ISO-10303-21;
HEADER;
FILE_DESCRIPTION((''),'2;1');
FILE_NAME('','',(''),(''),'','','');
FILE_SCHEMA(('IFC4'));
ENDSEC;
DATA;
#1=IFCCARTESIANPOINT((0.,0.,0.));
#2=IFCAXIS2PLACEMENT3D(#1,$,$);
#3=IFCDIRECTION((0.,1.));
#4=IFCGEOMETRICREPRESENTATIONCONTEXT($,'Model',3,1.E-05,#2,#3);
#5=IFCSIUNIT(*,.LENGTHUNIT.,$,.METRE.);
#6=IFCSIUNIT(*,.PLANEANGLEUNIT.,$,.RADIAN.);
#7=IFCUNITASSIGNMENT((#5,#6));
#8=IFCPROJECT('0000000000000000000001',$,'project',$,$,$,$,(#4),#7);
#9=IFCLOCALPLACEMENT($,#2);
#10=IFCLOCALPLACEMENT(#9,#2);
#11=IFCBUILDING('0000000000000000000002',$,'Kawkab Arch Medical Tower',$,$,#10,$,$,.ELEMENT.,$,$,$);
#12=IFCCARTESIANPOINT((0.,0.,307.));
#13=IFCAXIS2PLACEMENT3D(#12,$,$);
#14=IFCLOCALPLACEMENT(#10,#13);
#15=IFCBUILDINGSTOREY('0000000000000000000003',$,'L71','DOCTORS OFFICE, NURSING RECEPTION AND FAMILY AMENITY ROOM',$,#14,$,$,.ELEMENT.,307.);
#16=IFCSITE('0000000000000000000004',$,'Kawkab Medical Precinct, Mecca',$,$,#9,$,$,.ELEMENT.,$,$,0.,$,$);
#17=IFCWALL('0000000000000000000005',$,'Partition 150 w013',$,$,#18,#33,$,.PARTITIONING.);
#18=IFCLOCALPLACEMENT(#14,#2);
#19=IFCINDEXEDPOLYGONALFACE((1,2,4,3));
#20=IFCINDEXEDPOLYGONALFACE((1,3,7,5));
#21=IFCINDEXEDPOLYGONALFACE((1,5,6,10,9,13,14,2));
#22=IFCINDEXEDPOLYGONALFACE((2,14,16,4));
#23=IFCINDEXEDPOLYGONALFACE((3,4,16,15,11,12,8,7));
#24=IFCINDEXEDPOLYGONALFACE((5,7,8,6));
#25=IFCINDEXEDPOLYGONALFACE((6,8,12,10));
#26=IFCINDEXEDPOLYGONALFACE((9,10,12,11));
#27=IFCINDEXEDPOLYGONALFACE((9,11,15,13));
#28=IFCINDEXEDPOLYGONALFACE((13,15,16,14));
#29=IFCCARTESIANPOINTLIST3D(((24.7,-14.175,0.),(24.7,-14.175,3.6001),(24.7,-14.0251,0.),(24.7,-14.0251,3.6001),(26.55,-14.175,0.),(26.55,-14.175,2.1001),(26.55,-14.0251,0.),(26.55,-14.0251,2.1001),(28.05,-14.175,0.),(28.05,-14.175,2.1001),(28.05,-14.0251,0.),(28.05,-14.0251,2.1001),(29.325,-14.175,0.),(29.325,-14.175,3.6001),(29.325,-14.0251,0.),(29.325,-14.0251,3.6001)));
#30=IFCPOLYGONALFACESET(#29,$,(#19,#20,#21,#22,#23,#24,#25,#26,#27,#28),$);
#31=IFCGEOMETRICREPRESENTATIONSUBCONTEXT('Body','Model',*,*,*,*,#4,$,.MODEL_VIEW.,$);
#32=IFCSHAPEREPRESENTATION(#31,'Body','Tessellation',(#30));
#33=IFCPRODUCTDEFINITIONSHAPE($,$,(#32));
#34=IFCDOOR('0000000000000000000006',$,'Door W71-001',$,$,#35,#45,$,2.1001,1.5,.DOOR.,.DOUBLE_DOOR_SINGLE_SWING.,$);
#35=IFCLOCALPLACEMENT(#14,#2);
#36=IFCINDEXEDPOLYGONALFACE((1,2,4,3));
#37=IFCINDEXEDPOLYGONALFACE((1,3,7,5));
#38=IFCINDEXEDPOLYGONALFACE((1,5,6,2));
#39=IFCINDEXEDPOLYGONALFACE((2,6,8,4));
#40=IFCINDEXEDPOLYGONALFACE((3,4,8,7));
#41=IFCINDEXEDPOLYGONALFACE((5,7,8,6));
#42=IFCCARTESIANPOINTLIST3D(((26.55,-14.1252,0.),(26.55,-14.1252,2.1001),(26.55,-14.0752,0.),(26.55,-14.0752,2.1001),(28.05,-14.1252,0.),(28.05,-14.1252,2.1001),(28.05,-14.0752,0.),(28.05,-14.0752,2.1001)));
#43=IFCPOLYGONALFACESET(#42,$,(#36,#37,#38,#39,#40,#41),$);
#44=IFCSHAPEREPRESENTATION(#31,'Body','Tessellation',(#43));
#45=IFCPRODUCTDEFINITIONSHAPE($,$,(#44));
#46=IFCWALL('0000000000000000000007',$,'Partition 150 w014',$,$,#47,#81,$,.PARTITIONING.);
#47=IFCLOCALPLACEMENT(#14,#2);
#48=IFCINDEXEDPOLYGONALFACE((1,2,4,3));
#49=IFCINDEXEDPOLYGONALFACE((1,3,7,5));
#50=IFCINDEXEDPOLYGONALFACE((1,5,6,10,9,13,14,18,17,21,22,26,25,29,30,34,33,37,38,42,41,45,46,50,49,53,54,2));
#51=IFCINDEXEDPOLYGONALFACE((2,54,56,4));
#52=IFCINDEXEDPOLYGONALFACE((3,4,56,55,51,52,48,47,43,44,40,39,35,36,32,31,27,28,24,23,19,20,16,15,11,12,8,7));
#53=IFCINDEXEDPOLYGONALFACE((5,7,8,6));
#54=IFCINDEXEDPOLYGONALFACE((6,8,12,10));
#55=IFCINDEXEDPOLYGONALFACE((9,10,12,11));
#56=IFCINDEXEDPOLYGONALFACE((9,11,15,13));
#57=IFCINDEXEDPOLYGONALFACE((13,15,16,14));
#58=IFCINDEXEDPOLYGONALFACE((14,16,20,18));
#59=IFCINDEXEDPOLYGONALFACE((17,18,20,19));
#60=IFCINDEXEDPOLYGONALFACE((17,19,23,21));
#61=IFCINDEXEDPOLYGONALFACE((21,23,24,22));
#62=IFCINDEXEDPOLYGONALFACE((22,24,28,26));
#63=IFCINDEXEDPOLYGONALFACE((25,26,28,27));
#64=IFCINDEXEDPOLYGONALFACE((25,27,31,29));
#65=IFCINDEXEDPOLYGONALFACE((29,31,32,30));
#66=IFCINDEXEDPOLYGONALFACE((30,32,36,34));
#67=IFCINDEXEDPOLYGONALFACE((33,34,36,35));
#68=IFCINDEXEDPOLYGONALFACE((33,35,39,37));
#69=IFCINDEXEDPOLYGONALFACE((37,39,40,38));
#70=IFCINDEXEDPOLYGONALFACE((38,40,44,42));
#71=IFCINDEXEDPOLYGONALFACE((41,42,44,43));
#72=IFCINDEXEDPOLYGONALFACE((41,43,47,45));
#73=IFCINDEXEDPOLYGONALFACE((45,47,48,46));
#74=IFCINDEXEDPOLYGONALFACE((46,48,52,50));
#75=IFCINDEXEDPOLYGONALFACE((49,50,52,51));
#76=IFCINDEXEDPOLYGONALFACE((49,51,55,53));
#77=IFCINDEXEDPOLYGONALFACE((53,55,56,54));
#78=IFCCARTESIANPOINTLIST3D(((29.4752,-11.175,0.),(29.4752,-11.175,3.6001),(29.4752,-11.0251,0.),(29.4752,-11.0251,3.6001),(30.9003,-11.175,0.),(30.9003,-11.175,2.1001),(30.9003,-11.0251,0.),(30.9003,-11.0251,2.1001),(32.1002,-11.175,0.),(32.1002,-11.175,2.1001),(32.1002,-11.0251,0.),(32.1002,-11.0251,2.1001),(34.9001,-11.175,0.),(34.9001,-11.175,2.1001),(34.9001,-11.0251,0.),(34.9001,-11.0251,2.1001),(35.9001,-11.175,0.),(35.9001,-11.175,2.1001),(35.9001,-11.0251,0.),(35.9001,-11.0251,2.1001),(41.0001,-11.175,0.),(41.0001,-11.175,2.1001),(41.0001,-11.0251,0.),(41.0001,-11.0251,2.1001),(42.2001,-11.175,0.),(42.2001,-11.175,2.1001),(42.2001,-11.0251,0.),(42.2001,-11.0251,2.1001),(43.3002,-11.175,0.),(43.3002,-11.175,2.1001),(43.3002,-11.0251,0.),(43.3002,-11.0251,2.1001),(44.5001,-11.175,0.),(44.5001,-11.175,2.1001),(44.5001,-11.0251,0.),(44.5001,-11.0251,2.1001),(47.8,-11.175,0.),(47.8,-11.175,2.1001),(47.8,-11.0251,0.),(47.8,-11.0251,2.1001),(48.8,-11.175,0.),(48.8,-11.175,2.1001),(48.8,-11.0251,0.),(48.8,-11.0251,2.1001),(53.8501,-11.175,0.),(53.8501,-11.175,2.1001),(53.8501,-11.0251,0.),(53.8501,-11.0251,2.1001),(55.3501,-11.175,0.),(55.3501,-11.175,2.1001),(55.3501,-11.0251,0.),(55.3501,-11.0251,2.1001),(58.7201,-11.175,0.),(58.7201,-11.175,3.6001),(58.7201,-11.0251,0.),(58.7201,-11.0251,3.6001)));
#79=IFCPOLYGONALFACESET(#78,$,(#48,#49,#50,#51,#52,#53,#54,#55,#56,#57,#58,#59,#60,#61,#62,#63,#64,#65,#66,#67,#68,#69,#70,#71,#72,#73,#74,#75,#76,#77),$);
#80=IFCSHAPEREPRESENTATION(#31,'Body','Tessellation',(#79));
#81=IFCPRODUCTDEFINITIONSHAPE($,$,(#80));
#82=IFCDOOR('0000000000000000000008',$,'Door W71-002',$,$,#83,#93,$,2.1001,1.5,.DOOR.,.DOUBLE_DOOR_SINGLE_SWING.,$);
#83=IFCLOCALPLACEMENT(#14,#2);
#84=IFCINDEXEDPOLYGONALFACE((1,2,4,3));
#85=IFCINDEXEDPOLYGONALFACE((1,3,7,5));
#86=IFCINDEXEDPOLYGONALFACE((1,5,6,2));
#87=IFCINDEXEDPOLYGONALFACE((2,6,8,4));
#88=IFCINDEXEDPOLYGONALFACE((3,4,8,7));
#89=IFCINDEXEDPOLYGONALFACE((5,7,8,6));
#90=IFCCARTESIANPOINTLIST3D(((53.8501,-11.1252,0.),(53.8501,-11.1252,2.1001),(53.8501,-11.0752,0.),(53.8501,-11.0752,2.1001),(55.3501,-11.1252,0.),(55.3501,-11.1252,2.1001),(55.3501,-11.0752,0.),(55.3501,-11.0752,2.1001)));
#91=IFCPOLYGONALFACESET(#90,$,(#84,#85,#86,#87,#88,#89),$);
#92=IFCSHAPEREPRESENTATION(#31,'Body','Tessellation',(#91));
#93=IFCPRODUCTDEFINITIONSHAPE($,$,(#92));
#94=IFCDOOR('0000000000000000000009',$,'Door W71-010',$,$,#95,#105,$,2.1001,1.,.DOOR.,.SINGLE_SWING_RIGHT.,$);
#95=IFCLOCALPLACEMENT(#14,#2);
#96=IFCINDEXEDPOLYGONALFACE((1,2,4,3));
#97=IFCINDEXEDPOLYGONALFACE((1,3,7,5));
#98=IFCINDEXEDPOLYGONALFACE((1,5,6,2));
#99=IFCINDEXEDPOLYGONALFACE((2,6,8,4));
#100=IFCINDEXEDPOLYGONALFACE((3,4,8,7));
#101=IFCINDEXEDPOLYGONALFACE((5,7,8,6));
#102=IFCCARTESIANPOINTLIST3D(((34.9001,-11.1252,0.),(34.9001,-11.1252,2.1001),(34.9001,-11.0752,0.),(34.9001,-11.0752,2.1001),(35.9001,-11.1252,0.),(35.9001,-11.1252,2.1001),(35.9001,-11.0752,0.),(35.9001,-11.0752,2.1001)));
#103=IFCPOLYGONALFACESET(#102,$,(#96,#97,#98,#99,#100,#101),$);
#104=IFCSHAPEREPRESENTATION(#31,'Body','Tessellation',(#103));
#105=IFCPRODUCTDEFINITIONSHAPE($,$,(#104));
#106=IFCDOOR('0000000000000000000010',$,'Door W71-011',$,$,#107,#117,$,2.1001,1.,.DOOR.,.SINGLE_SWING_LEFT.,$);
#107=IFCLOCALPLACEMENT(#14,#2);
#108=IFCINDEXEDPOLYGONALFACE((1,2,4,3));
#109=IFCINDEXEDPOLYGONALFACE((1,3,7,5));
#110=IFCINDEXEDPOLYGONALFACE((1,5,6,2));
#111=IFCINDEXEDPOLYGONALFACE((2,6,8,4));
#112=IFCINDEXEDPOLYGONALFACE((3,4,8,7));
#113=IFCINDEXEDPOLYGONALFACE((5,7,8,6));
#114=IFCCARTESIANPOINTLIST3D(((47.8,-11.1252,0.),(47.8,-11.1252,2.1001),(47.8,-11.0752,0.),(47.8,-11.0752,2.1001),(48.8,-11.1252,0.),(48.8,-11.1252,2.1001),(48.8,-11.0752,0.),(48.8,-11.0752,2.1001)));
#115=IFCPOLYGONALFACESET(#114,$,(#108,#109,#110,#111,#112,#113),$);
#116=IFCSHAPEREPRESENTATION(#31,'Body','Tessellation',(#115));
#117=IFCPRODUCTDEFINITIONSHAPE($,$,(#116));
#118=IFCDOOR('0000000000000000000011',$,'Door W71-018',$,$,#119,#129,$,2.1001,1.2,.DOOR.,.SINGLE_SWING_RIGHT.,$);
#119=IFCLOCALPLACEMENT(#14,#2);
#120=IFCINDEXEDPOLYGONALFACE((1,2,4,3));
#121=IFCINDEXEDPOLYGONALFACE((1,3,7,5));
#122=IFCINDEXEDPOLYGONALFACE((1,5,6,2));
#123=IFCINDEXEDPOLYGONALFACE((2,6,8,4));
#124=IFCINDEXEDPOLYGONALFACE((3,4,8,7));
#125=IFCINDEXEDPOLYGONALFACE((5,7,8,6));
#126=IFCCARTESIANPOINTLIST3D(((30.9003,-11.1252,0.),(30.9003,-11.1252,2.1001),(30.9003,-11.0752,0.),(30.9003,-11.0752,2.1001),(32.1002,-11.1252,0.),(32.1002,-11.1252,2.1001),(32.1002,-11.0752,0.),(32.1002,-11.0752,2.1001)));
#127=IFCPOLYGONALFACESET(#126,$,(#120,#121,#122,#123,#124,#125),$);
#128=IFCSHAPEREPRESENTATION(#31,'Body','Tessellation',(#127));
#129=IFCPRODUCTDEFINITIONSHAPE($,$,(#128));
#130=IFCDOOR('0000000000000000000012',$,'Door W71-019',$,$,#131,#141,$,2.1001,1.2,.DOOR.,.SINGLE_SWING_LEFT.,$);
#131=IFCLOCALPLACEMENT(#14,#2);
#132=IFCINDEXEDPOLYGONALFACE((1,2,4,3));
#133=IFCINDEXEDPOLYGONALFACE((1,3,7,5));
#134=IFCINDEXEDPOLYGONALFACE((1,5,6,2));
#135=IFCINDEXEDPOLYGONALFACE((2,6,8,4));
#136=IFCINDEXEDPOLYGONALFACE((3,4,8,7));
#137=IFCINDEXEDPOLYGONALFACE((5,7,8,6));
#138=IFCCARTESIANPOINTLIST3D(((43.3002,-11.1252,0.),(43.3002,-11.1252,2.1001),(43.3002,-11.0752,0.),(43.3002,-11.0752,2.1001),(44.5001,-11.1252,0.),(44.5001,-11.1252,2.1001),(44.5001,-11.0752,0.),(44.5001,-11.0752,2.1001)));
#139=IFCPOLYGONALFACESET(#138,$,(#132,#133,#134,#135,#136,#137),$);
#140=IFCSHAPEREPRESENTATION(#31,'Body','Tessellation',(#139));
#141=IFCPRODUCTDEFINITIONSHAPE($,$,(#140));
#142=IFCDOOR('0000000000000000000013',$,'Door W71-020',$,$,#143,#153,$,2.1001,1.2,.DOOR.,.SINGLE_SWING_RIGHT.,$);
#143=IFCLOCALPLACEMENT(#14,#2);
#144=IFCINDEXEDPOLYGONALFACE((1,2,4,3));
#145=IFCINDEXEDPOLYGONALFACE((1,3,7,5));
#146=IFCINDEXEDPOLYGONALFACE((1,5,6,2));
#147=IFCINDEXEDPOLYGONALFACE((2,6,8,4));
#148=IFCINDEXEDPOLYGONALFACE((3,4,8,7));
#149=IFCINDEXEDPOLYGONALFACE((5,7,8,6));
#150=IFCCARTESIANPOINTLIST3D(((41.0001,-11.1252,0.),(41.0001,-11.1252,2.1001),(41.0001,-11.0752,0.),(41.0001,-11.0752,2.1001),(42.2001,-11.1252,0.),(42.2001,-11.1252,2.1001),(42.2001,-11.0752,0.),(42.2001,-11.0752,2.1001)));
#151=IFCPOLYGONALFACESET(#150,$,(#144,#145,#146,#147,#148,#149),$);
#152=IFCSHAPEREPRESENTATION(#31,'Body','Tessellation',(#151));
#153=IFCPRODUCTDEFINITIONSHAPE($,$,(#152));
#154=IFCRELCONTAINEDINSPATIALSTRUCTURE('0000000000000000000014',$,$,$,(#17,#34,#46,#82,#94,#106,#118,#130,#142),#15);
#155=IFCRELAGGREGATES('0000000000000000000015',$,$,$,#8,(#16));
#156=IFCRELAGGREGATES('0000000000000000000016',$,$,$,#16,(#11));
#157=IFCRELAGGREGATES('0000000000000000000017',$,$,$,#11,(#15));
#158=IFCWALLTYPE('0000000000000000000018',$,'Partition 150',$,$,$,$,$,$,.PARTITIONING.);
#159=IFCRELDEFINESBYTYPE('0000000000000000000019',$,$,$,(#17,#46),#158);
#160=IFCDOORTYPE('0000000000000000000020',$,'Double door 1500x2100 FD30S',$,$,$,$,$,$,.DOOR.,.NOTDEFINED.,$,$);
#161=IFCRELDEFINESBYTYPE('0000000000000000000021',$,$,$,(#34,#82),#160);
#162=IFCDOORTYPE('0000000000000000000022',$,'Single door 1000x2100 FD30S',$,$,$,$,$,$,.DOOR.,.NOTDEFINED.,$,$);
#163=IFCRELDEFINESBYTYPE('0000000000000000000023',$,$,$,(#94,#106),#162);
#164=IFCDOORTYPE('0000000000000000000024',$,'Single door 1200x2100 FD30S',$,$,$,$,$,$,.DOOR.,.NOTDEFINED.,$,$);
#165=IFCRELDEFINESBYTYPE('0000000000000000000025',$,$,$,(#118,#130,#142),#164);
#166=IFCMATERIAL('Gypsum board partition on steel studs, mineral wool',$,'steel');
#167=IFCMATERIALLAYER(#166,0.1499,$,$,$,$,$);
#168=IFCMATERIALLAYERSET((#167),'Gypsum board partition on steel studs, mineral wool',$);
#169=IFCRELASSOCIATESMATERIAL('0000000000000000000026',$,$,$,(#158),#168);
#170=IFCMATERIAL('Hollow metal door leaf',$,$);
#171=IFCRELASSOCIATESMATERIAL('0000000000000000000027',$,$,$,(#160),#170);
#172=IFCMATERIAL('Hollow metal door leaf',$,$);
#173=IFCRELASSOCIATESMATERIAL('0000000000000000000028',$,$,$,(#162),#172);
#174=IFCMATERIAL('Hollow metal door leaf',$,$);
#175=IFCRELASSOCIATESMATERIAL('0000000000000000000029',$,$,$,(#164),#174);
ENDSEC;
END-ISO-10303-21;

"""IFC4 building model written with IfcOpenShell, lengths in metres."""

from ifc_helpers import new_model, si_unit, direction, frame, frame_2d, origin, place, context, subcontext, project, spatial, rectangle, extrude, material, layer, layer_set, type_object, element, fill, save


model = new_model("IFC4")

# Units and contexts
model_context = context("Model", 3, precision=1e-05, world=origin(), true_north=direction((0.0, 1.0)))
body_context = subcontext(model_context, "Body", "Model", "MODEL_VIEW")
ifc_project = project(units=[si_unit("LENGTHUNIT", "METRE"), si_unit("PLANEANGLEUNIT", "RADIAN")], contexts=[model_context])

# Site, building, storey
site_placement = place(None, origin())
site = spatial("IfcSite", under=ifc_project, at=site_placement, Name="Kawkab Medical Precinct, Mecca", CompositionType="ELEMENT", RefElevation=0.0)
building_placement = place(site_placement, origin())
building = spatial("IfcBuilding", under=site, at=building_placement, Name="Kawkab Arch Medical Tower", CompositionType="ELEMENT")
storey_placement = place(building_placement, frame((0.0, 0.0, 307.0)))
storey = spatial("IfcBuildingStorey", under=building, at=storey_placement, Name="L71", Description="DOCTORS OFFICE, NURSING RECEPTION AND FAMILY AMENITY ROOM", CompositionType="ELEMENT", Elevation=307.0)

# Wall, opening, door
ifc_material_1 = material(Name="Gypsum board partition on steel studs, mineral wool", Category="steel")
ifc_layer_1 = layer(ifc_material_1, 0.1499)
ifc_layer_set_1 = layer_set([ifc_layer_1], Name="Gypsum board partition on steel studs, mineral wool")
wall_type_1 = type_object("IfcWallType", Name="Partition 150", PredefinedType="PARTITIONING", material=ifc_layer_set_1)
wall_1_placement = place(storey_placement, frame((24.7, -14.1001, 0.0), z_axis=(0.0, 0.0, 1.0), x_axis=(1.0, 0.0, 0.0)))
wall_1 = element("IfcWall", 1, at=wall_1_placement, inside=storey, type_object=wall_type_1, Name="Partition 150 w013", PredefinedType="PARTITIONING", context=body_context, shape_type="SweptSolid", body=[
    extrude(rectangle(XDim=4.625, YDim=0.1499, at=frame_2d((2.3125, 0.0))), origin(), (0.0, 0.0, 1.0), 3.6001),
])
opening_1_placement = place(wall_1_placement, frame((1.8501, 0.0, 0.0)))
opening_1 = element("IfcOpeningElement", 2, at=opening_1_placement, cuts=wall_1, PredefinedType="OPENING", context=body_context, shape_type="SweptSolid", body=[
    extrude(rectangle(XDim=1.5, YDim=2.1001, at=frame_2d((0.75, 1.05))), frame((0.0, 0.085, 0.0), z_axis=(0.0, -1.0, 0.0), x_axis=(1.0, 0.0, 0.0)), (0.0, 0.0, 1.0), 0.1699),
])
ifc_material_2 = material(Name="Hollow metal door leaf")
door_type_1 = type_object("IfcDoorType", Name="Double door 1500x2100 FD30S", OperationType="NOTDEFINED", PredefinedType="DOOR", material=ifc_material_2)
door_1_placement = place(opening_1_placement, origin())
door_1 = element("IfcDoor", 3, at=door_1_placement, inside=storey, type_object=door_type_1, Name="Door W71-001", OperationType="DOUBLE_DOOR_SINGLE_SWING", OverallHeight=2.1001, OverallWidth=1.5, PredefinedType="DOOR", context=body_context, shape_type="SweptSolid", body=[
    extrude(rectangle(XDim=1.5, YDim=2.1001, at=frame_2d((0.75, 1.05))), frame((0.0, 0.0249, 0.0), z_axis=(0.0, -1.0, 0.0), x_axis=(1.0, 0.0, 0.0)), (0.0, 0.0, 1.0), 0.05),
])
fill(opening_1, door_1)

# Wall, openings, doors
wall_2_placement = place(storey_placement, frame((29.4751, -11.1001, 0.0), z_axis=(0.0, 0.0, 1.0), x_axis=(1.0, 0.0, 0.0)))
wall_2 = element("IfcWall", 4, at=wall_2_placement, inside=storey, type_object=wall_type_1, Name="Partition 150 w014", PredefinedType="PARTITIONING", context=body_context, shape_type="SweptSolid", body=[
    extrude(rectangle(XDim=29.2449, YDim=0.1499, at=frame_2d((14.6226, 0.0))), origin(), (0.0, 0.0, 1.0), 3.6001),
])
opening_2_placement = place(wall_2_placement, frame((1.425, 0.0, 0.0)))
opening_2 = element("IfcOpeningElement", 5, at=opening_2_placement, cuts=wall_2, PredefinedType="OPENING", context=body_context, shape_type="SweptSolid", body=[
    extrude(rectangle(XDim=1.2, YDim=2.1001, at=frame_2d((0.6001, 1.05))), frame((0.0, 0.085, 0.0), z_axis=(0.0, -1.0, 0.0), x_axis=(1.0, 0.0, 0.0)), (0.0, 0.0, 1.0), 0.1699),
])
opening_3_placement = place(wall_2_placement, frame((5.425, 0.0, 0.0)))
opening_3 = element("IfcOpeningElement", 6, at=opening_3_placement, cuts=wall_2, PredefinedType="OPENING", context=body_context, shape_type="SweptSolid", body=[
    extrude(rectangle(XDim=1.0, YDim=2.1001, at=frame_2d((0.5, 1.05))), frame((0.0, 0.085, 0.0), z_axis=(0.0, -1.0, 0.0), x_axis=(1.0, 0.0, 0.0)), (0.0, 0.0, 1.0), 0.1699),
])
opening_4_placement = place(wall_2_placement, frame((13.825, 0.0, 0.0)))
opening_4 = element("IfcOpeningElement", 7, at=opening_4_placement, cuts=wall_2, PredefinedType="OPENING", context=body_context, shape_type="SweptSolid", body=[
    extrude(rectangle(XDim=1.2, YDim=2.1001, at=frame_2d((0.6001, 1.05))), frame((0.0, 0.085, 0.0), z_axis=(0.0, -1.0, 0.0), x_axis=(1.0, 0.0, 0.0)), (0.0, 0.0, 1.0), 0.1699),
])
opening_5_placement = place(wall_2_placement, frame((11.5249, 0.0, 0.0)))
opening_5 = element("IfcOpeningElement", 8, at=opening_5_placement, cuts=wall_2, PredefinedType="OPENING", context=body_context, shape_type="SweptSolid", body=[
    extrude(rectangle(XDim=1.2, YDim=2.1001, at=frame_2d((0.6001, 1.05))), frame((0.0, 0.085, 0.0), z_axis=(0.0, -1.0, 0.0), x_axis=(1.0, 0.0, 0.0)), (0.0, 0.0, 1.0), 0.1699),
])
opening_6_placement = place(wall_2_placement, frame((18.325, 0.0, 0.0)))
opening_6 = element("IfcOpeningElement", 9, at=opening_6_placement, cuts=wall_2, PredefinedType="OPENING", context=body_context, shape_type="SweptSolid", body=[
    extrude(rectangle(XDim=1.0, YDim=2.1001, at=frame_2d((0.5, 1.05))), frame((0.0, 0.085, 0.0), z_axis=(0.0, -1.0, 0.0), x_axis=(1.0, 0.0, 0.0)), (0.0, 0.0, 1.0), 0.1699),
])
opening_7_placement = place(wall_2_placement, frame((24.375, 0.0, 0.0)))
opening_7 = element("IfcOpeningElement", 10, at=opening_7_placement, cuts=wall_2, PredefinedType="OPENING", context=body_context, shape_type="SweptSolid", body=[
    extrude(rectangle(XDim=1.5, YDim=2.1001, at=frame_2d((0.75, 1.05))), frame((0.0, 0.085, 0.0), z_axis=(0.0, -1.0, 0.0), x_axis=(1.0, 0.0, 0.0)), (0.0, 0.0, 1.0), 0.1699),
])
door_2_placement = place(opening_7_placement, origin())
door_2 = element("IfcDoor", 11, at=door_2_placement, inside=storey, type_object=door_type_1, Name="Door W71-002", OperationType="DOUBLE_DOOR_SINGLE_SWING", OverallHeight=2.1001, OverallWidth=1.5, PredefinedType="DOOR", context=body_context, shape_type="SweptSolid", body=[
    extrude(rectangle(XDim=1.5, YDim=2.1001, at=frame_2d((0.75, 1.05))), frame((0.0, 0.0249, 0.0), z_axis=(0.0, -1.0, 0.0), x_axis=(1.0, 0.0, 0.0)), (0.0, 0.0, 1.0), 0.05),
])
fill(opening_7, door_2)
ifc_material_3 = material(Name="Hollow metal door leaf")
door_type_2 = type_object("IfcDoorType", Name="Single door 1000x2100 FD30S", OperationType="NOTDEFINED", PredefinedType="DOOR", material=ifc_material_3)
door_3_placement = place(opening_3_placement, origin())
door_3 = element("IfcDoor", 12, at=door_3_placement, inside=storey, type_object=door_type_2, Name="Door W71-010", OperationType="SINGLE_SWING_RIGHT", OverallHeight=2.1001, OverallWidth=1.0, PredefinedType="DOOR", context=body_context, shape_type="SweptSolid", body=[
    extrude(rectangle(XDim=1.0, YDim=2.1001, at=frame_2d((0.5, 1.05))), frame((0.0, 0.0249, 0.0), z_axis=(0.0, -1.0, 0.0), x_axis=(1.0, 0.0, 0.0)), (0.0, 0.0, 1.0), 0.05),
])
fill(opening_3, door_3)
door_4_placement = place(opening_6_placement, origin())
door_4 = element("IfcDoor", 13, at=door_4_placement, inside=storey, type_object=door_type_2, Name="Door W71-011", OperationType="SINGLE_SWING_LEFT", OverallHeight=2.1001, OverallWidth=1.0, PredefinedType="DOOR", context=body_context, shape_type="SweptSolid", body=[
    extrude(rectangle(XDim=1.0, YDim=2.1001, at=frame_2d((0.5, 1.05))), frame((0.0, 0.0249, 0.0), z_axis=(0.0, -1.0, 0.0), x_axis=(1.0, 0.0, 0.0)), (0.0, 0.0, 1.0), 0.05),
])
fill(opening_6, door_4)
ifc_material_4 = material(Name="Hollow metal door leaf")
door_type_3 = type_object("IfcDoorType", Name="Single door 1200x2100 FD30S", OperationType="NOTDEFINED", PredefinedType="DOOR", material=ifc_material_4)
door_5_placement = place(opening_2_placement, origin())
door_5 = element("IfcDoor", 14, at=door_5_placement, inside=storey, type_object=door_type_3, Name="Door W71-018", OperationType="SINGLE_SWING_RIGHT", OverallHeight=2.1001, OverallWidth=1.2, PredefinedType="DOOR", context=body_context, shape_type="SweptSolid", body=[
    extrude(rectangle(XDim=1.2, YDim=2.1001, at=frame_2d((0.6001, 1.05))), frame((0.0, 0.0249, 0.0), z_axis=(0.0, -1.0, 0.0), x_axis=(1.0, 0.0, 0.0)), (0.0, 0.0, 1.0), 0.05),
])
fill(opening_2, door_5)
door_6_placement = place(opening_4_placement, origin())
door_6 = element("IfcDoor", 15, at=door_6_placement, inside=storey, type_object=door_type_3, Name="Door W71-019", OperationType="SINGLE_SWING_LEFT", OverallHeight=2.1001, OverallWidth=1.2, PredefinedType="DOOR", context=body_context, shape_type="SweptSolid", body=[
    extrude(rectangle(XDim=1.2, YDim=2.1001, at=frame_2d((0.6001, 1.05))), frame((0.0, 0.0249, 0.0), z_axis=(0.0, -1.0, 0.0), x_axis=(1.0, 0.0, 0.0)), (0.0, 0.0, 1.0), 0.05),
])
fill(opening_4, door_6)
door_7_placement = place(opening_5_placement, origin())
door_7 = element("IfcDoor", 16, at=door_7_placement, inside=storey, type_object=door_type_3, Name="Door W71-020", OperationType="SINGLE_SWING_RIGHT", OverallHeight=2.1001, OverallWidth=1.2, PredefinedType="DOOR", context=body_context, shape_type="SweptSolid", body=[
    extrude(rectangle(XDim=1.2, YDim=2.1001, at=frame_2d((0.6001, 1.05))), frame((0.0, 0.0249, 0.0), z_axis=(0.0, -1.0, 0.0), x_axis=(1.0, 0.0, 0.0)), (0.0, 0.0, 1.0), 0.05),
])
fill(opening_5, door_7)

save(model, "model.ifc")
